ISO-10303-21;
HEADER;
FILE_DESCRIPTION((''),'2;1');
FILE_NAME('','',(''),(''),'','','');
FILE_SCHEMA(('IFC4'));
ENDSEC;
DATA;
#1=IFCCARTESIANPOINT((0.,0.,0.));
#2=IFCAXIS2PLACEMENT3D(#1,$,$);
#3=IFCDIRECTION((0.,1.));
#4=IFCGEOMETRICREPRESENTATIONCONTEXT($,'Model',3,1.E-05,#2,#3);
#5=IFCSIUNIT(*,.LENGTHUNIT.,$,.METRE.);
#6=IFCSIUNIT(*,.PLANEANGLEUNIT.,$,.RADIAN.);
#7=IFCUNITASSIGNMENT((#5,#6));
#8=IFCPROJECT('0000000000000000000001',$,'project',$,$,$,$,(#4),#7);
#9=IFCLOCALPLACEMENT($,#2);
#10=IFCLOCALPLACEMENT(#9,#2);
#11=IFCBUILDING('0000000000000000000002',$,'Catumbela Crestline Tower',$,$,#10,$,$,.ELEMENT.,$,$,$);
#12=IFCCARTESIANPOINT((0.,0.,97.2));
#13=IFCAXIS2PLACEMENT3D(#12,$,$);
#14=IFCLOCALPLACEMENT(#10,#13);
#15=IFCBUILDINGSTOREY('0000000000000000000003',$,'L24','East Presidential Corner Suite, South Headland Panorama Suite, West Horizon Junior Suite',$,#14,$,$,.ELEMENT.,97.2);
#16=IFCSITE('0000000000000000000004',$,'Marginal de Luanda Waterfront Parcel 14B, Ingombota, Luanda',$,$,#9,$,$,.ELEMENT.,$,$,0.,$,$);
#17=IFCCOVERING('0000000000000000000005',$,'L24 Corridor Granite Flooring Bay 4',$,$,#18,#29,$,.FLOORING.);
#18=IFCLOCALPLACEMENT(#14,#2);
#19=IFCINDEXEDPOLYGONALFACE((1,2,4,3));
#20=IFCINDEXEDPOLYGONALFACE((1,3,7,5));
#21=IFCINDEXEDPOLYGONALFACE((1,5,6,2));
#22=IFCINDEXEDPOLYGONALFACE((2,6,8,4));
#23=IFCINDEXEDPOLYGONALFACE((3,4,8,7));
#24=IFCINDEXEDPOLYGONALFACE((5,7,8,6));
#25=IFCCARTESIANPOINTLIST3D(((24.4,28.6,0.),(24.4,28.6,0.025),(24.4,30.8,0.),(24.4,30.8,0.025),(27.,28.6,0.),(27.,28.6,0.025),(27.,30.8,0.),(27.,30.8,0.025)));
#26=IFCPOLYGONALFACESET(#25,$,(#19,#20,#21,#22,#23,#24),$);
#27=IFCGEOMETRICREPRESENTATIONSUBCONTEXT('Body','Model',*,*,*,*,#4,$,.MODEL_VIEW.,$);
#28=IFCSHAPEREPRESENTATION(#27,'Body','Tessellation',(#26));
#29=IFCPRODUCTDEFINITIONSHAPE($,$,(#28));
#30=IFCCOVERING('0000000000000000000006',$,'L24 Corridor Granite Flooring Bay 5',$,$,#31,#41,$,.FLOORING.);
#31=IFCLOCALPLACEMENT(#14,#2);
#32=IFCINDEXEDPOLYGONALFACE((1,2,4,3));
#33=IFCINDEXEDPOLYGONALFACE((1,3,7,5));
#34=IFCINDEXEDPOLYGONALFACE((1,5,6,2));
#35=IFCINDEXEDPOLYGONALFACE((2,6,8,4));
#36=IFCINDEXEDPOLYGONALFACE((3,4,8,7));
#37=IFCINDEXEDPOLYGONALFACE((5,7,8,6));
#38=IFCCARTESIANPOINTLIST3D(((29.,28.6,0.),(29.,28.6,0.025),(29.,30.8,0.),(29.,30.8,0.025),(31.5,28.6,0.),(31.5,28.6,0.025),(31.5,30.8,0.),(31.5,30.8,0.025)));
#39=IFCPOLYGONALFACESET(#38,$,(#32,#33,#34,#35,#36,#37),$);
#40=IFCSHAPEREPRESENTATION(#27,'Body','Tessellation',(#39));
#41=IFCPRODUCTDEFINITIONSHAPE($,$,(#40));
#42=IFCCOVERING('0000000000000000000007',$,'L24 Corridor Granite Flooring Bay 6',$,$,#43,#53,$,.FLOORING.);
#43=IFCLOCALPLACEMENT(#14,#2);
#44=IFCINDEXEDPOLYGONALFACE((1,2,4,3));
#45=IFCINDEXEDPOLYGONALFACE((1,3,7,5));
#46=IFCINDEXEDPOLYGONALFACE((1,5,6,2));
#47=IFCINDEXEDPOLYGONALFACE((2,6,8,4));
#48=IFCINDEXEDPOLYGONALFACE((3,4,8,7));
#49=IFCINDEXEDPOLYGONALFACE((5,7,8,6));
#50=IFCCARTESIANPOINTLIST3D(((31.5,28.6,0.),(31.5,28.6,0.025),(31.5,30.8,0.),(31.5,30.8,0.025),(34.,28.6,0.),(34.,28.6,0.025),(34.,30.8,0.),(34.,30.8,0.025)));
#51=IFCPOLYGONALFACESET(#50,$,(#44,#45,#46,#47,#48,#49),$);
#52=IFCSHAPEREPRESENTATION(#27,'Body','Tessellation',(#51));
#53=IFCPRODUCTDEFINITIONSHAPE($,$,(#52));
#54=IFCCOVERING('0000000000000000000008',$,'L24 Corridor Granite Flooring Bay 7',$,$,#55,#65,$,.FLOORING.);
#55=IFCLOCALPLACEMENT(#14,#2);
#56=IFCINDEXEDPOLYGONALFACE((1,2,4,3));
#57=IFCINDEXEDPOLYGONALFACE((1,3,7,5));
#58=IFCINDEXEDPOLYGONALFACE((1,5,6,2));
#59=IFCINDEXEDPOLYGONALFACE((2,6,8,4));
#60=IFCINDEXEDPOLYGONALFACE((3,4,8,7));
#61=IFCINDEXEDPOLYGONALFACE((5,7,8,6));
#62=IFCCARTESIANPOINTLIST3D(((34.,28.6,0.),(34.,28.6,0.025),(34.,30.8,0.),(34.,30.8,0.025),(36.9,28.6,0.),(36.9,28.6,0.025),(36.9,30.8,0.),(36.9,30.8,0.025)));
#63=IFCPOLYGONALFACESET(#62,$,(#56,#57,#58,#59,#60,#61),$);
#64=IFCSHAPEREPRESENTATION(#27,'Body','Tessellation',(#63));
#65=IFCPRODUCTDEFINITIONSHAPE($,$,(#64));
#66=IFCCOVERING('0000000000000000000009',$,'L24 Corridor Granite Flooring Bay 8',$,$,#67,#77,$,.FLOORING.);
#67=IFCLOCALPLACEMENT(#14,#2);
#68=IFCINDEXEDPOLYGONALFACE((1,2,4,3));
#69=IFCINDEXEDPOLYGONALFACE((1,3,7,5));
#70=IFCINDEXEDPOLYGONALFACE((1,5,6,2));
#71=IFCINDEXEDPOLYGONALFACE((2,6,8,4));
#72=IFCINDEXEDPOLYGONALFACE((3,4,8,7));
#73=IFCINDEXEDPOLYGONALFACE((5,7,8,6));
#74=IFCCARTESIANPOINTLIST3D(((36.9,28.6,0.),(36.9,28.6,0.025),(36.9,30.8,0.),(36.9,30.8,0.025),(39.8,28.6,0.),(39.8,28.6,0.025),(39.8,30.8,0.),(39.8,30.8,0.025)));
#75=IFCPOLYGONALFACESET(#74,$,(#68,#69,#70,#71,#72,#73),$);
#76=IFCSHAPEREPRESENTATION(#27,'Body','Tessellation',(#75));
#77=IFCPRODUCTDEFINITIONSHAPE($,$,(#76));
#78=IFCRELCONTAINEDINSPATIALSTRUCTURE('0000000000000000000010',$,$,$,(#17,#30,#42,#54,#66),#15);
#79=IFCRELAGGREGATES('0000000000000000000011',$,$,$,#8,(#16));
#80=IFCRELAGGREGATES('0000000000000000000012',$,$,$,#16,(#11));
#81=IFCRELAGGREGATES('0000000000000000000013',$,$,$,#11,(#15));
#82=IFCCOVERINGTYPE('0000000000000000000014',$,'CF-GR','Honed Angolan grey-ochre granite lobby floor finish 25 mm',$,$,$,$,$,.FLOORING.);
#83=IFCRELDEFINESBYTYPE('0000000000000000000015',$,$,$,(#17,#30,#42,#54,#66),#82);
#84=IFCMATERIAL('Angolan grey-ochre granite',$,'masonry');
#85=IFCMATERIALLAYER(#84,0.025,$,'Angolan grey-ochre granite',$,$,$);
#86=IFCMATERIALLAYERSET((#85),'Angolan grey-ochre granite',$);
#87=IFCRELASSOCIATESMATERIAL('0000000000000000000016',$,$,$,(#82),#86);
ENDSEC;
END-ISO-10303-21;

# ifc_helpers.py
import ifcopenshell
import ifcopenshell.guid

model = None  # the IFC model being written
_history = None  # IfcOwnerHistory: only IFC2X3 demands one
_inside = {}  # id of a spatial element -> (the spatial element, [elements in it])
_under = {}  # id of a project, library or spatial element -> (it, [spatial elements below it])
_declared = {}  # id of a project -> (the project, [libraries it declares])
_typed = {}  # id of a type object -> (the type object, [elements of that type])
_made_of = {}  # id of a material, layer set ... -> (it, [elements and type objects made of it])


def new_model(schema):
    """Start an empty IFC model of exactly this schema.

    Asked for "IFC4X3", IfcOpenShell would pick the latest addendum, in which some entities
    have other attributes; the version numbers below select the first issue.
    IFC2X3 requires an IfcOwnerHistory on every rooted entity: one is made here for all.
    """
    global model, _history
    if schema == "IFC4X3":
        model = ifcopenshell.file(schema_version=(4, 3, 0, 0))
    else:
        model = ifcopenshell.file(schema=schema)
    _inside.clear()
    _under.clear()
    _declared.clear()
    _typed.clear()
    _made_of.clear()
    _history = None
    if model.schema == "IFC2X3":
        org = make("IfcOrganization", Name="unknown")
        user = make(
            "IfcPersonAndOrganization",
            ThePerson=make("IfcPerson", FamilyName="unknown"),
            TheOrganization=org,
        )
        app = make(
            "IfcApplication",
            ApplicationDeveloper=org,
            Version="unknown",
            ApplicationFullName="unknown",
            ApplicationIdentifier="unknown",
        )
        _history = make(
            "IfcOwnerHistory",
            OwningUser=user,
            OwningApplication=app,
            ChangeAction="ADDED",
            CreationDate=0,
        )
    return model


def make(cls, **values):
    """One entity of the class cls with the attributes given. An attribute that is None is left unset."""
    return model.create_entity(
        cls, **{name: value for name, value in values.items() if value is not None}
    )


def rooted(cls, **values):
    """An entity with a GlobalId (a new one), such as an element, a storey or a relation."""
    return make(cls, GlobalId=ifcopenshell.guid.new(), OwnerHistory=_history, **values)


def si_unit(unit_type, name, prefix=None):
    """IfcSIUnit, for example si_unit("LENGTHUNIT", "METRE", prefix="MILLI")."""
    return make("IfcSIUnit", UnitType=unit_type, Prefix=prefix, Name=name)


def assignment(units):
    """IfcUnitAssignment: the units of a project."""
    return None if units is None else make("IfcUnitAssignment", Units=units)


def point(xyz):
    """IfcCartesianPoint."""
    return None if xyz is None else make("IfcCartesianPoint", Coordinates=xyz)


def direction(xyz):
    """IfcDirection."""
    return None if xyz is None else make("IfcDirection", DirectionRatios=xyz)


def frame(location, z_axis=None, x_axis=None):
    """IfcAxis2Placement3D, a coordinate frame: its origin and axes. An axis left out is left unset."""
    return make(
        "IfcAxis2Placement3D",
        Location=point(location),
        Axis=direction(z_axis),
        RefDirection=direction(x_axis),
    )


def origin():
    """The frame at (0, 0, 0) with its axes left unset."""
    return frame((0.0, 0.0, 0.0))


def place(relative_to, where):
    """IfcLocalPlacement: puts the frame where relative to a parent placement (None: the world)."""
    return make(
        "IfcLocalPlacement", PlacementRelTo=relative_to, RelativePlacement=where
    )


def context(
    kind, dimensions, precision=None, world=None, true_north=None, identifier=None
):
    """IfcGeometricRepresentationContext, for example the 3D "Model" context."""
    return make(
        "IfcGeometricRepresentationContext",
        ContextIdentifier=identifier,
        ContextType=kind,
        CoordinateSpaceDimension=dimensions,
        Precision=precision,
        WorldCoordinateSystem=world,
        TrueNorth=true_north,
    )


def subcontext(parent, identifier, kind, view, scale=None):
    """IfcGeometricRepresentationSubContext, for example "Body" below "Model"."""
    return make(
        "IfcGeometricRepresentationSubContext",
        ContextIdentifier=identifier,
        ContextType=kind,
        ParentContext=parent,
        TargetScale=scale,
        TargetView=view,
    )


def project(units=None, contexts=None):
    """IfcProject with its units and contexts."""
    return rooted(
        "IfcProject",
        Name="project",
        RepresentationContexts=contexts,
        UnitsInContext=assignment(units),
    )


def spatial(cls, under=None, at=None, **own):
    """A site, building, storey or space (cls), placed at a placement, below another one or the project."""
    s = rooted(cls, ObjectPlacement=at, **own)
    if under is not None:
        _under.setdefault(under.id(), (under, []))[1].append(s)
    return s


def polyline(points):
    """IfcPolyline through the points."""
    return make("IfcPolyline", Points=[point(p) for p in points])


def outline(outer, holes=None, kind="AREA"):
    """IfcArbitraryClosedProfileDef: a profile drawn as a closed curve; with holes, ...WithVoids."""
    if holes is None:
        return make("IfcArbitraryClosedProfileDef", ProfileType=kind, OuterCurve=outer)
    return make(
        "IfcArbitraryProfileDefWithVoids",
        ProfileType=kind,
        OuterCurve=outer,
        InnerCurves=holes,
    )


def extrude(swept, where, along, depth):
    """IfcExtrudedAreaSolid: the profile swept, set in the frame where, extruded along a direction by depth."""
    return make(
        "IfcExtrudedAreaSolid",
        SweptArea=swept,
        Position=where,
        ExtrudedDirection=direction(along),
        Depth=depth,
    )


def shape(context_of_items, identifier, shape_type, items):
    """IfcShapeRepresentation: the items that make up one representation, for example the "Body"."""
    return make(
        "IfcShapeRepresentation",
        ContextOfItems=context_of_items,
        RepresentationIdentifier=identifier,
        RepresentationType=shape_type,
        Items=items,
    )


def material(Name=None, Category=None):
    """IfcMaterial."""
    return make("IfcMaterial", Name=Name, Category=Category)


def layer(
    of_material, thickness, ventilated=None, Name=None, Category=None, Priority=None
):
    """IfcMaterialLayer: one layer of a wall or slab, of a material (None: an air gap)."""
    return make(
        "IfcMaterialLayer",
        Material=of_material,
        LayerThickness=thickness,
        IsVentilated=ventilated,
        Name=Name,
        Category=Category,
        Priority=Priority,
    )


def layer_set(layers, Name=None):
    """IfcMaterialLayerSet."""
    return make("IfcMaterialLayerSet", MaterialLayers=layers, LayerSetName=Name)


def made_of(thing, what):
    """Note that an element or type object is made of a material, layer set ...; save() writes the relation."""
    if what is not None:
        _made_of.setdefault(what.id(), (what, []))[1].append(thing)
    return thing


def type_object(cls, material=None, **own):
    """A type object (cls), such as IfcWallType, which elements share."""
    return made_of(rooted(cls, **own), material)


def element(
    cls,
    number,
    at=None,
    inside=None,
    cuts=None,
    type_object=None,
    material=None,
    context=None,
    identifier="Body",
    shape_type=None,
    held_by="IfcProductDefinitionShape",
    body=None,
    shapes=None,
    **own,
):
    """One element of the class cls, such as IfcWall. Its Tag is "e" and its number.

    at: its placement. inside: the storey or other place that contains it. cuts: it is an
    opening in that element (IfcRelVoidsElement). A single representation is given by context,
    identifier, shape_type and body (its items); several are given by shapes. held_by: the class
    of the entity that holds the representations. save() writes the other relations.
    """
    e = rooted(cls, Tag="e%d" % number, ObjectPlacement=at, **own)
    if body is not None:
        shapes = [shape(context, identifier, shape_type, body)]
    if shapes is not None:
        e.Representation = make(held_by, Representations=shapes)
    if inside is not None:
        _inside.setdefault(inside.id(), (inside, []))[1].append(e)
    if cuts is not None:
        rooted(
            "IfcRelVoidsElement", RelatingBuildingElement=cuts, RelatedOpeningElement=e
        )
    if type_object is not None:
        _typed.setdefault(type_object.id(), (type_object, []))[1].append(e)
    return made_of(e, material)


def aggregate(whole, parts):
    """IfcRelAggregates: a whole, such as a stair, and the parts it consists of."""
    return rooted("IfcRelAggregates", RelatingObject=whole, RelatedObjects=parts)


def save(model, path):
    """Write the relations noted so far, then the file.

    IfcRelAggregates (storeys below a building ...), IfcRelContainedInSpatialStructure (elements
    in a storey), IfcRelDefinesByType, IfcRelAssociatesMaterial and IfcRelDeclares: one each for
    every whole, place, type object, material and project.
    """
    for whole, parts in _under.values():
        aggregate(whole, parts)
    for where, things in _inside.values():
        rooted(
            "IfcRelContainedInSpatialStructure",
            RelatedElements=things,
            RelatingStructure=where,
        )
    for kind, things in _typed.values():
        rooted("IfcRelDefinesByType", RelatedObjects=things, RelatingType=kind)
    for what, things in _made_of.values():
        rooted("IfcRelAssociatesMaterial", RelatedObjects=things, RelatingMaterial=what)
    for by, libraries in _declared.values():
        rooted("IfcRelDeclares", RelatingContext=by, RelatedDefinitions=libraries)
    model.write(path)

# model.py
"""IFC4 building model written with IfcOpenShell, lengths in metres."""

from ifc_helpers import new_model, si_unit, direction, frame, origin, place, context, subcontext, project, spatial, polyline, outline, extrude, material, layer, layer_set, type_object, element, save


model = new_model("IFC4")

# Units and contexts
model_context = context("Model", 3, precision=1e-05, world=origin(), true_north=direction((0.0, 1.0)))
body_context = subcontext(model_context, "Body", "Model", "MODEL_VIEW")
ifc_project = project(units=[si_unit("LENGTHUNIT", "METRE"), si_unit("PLANEANGLEUNIT", "RADIAN")], contexts=[model_context])

# Site, building, storey
site_placement = place(None, origin())
site = spatial("IfcSite", under=ifc_project, at=site_placement, Name="Marginal de Luanda Waterfront Parcel 14B, Ingombota, Luanda", CompositionType="ELEMENT", RefElevation=0.0)
building_placement = place(site_placement, origin())
building = spatial("IfcBuilding", under=site, at=building_placement, Name="Catumbela Crestline Tower", CompositionType="ELEMENT")
storey_placement = place(building_placement, frame((0.0, 0.0, 97.2)))
storey = spatial("IfcBuildingStorey", under=building, at=storey_placement, Name="L24", Description="East Presidential Corner Suite, South Headland Panorama Suite, West Horizon Junior Suite", CompositionType="ELEMENT", Elevation=97.2)

# Shared definitions
ifc_material_1 = material(Name="Angolan grey-ochre granite", Category="masonry")

# Coverings
ifc_layer_1 = layer(ifc_material_1, 0.025, Name="Angolan grey-ochre granite")
ifc_layer_set_1 = layer_set([ifc_layer_1], Name="Angolan grey-ochre granite")
covering_type_1 = type_object("IfcCoveringType", Name="CF-GR", Description="Honed Angolan grey-ochre granite lobby floor finish 25 mm", PredefinedType="FLOORING", material=ifc_layer_set_1)
covering_1_placement = place(storey_placement, origin())
element("IfcCovering", 1, at=covering_1_placement, inside=storey, type_object=covering_type_1, Name="L24 Corridor Granite Flooring Bay 4", PredefinedType="FLOORING", context=body_context, shape_type="SweptSolid", body=[
    extrude(outline(polyline([(24.4, 28.6), (27.0, 28.6), (27.0, 30.8), (24.4, 30.8), (24.4, 28.6)])), origin(), (0.0, 0.0, 1.0), 0.025),
])
covering_2_placement = place(storey_placement, origin())
element("IfcCovering", 2, at=covering_2_placement, inside=storey, type_object=covering_type_1, Name="L24 Corridor Granite Flooring Bay 5", PredefinedType="FLOORING", context=body_context, shape_type="SweptSolid", body=[
    extrude(outline(polyline([(29.0, 28.6), (31.5, 28.6), (31.5, 30.8), (29.0, 30.8), (29.0, 28.6)])), origin(), (0.0, 0.0, 1.0), 0.025),
])
covering_3_placement = place(storey_placement, origin())
element("IfcCovering", 3, at=covering_3_placement, inside=storey, type_object=covering_type_1, Name="L24 Corridor Granite Flooring Bay 6", PredefinedType="FLOORING", context=body_context, shape_type="SweptSolid", body=[
    extrude(outline(polyline([(31.5, 28.6), (34.0, 28.6), (34.0, 30.8), (31.5, 30.8), (31.5, 28.6)])), origin(), (0.0, 0.0, 1.0), 0.025),
])
covering_4_placement = place(storey_placement, origin())
element("IfcCovering", 4, at=covering_4_placement, inside=storey, type_object=covering_type_1, Name="L24 Corridor Granite Flooring Bay 7", PredefinedType="FLOORING", context=body_context, shape_type="SweptSolid", body=[
    extrude(outline(polyline([(34.0, 28.6), (36.9, 28.6), (36.9, 30.8), (34.0, 30.8), (34.0, 28.6)])), origin(), (0.0, 0.0, 1.0), 0.025),
])
covering_5_placement = place(storey_placement, origin())
element("IfcCovering", 5, at=covering_5_placement, inside=storey, type_object=covering_type_1, Name="L24 Corridor Granite Flooring Bay 8", PredefinedType="FLOORING", context=body_context, shape_type="SweptSolid", body=[
    extrude(outline(polyline([(36.9, 28.6), (39.8, 28.6), (39.8, 30.8), (36.9, 30.8), (36.9, 28.6)])), origin(), (0.0, 0.0, 1.0), 0.025),
])

save(model, "model.ifc")
